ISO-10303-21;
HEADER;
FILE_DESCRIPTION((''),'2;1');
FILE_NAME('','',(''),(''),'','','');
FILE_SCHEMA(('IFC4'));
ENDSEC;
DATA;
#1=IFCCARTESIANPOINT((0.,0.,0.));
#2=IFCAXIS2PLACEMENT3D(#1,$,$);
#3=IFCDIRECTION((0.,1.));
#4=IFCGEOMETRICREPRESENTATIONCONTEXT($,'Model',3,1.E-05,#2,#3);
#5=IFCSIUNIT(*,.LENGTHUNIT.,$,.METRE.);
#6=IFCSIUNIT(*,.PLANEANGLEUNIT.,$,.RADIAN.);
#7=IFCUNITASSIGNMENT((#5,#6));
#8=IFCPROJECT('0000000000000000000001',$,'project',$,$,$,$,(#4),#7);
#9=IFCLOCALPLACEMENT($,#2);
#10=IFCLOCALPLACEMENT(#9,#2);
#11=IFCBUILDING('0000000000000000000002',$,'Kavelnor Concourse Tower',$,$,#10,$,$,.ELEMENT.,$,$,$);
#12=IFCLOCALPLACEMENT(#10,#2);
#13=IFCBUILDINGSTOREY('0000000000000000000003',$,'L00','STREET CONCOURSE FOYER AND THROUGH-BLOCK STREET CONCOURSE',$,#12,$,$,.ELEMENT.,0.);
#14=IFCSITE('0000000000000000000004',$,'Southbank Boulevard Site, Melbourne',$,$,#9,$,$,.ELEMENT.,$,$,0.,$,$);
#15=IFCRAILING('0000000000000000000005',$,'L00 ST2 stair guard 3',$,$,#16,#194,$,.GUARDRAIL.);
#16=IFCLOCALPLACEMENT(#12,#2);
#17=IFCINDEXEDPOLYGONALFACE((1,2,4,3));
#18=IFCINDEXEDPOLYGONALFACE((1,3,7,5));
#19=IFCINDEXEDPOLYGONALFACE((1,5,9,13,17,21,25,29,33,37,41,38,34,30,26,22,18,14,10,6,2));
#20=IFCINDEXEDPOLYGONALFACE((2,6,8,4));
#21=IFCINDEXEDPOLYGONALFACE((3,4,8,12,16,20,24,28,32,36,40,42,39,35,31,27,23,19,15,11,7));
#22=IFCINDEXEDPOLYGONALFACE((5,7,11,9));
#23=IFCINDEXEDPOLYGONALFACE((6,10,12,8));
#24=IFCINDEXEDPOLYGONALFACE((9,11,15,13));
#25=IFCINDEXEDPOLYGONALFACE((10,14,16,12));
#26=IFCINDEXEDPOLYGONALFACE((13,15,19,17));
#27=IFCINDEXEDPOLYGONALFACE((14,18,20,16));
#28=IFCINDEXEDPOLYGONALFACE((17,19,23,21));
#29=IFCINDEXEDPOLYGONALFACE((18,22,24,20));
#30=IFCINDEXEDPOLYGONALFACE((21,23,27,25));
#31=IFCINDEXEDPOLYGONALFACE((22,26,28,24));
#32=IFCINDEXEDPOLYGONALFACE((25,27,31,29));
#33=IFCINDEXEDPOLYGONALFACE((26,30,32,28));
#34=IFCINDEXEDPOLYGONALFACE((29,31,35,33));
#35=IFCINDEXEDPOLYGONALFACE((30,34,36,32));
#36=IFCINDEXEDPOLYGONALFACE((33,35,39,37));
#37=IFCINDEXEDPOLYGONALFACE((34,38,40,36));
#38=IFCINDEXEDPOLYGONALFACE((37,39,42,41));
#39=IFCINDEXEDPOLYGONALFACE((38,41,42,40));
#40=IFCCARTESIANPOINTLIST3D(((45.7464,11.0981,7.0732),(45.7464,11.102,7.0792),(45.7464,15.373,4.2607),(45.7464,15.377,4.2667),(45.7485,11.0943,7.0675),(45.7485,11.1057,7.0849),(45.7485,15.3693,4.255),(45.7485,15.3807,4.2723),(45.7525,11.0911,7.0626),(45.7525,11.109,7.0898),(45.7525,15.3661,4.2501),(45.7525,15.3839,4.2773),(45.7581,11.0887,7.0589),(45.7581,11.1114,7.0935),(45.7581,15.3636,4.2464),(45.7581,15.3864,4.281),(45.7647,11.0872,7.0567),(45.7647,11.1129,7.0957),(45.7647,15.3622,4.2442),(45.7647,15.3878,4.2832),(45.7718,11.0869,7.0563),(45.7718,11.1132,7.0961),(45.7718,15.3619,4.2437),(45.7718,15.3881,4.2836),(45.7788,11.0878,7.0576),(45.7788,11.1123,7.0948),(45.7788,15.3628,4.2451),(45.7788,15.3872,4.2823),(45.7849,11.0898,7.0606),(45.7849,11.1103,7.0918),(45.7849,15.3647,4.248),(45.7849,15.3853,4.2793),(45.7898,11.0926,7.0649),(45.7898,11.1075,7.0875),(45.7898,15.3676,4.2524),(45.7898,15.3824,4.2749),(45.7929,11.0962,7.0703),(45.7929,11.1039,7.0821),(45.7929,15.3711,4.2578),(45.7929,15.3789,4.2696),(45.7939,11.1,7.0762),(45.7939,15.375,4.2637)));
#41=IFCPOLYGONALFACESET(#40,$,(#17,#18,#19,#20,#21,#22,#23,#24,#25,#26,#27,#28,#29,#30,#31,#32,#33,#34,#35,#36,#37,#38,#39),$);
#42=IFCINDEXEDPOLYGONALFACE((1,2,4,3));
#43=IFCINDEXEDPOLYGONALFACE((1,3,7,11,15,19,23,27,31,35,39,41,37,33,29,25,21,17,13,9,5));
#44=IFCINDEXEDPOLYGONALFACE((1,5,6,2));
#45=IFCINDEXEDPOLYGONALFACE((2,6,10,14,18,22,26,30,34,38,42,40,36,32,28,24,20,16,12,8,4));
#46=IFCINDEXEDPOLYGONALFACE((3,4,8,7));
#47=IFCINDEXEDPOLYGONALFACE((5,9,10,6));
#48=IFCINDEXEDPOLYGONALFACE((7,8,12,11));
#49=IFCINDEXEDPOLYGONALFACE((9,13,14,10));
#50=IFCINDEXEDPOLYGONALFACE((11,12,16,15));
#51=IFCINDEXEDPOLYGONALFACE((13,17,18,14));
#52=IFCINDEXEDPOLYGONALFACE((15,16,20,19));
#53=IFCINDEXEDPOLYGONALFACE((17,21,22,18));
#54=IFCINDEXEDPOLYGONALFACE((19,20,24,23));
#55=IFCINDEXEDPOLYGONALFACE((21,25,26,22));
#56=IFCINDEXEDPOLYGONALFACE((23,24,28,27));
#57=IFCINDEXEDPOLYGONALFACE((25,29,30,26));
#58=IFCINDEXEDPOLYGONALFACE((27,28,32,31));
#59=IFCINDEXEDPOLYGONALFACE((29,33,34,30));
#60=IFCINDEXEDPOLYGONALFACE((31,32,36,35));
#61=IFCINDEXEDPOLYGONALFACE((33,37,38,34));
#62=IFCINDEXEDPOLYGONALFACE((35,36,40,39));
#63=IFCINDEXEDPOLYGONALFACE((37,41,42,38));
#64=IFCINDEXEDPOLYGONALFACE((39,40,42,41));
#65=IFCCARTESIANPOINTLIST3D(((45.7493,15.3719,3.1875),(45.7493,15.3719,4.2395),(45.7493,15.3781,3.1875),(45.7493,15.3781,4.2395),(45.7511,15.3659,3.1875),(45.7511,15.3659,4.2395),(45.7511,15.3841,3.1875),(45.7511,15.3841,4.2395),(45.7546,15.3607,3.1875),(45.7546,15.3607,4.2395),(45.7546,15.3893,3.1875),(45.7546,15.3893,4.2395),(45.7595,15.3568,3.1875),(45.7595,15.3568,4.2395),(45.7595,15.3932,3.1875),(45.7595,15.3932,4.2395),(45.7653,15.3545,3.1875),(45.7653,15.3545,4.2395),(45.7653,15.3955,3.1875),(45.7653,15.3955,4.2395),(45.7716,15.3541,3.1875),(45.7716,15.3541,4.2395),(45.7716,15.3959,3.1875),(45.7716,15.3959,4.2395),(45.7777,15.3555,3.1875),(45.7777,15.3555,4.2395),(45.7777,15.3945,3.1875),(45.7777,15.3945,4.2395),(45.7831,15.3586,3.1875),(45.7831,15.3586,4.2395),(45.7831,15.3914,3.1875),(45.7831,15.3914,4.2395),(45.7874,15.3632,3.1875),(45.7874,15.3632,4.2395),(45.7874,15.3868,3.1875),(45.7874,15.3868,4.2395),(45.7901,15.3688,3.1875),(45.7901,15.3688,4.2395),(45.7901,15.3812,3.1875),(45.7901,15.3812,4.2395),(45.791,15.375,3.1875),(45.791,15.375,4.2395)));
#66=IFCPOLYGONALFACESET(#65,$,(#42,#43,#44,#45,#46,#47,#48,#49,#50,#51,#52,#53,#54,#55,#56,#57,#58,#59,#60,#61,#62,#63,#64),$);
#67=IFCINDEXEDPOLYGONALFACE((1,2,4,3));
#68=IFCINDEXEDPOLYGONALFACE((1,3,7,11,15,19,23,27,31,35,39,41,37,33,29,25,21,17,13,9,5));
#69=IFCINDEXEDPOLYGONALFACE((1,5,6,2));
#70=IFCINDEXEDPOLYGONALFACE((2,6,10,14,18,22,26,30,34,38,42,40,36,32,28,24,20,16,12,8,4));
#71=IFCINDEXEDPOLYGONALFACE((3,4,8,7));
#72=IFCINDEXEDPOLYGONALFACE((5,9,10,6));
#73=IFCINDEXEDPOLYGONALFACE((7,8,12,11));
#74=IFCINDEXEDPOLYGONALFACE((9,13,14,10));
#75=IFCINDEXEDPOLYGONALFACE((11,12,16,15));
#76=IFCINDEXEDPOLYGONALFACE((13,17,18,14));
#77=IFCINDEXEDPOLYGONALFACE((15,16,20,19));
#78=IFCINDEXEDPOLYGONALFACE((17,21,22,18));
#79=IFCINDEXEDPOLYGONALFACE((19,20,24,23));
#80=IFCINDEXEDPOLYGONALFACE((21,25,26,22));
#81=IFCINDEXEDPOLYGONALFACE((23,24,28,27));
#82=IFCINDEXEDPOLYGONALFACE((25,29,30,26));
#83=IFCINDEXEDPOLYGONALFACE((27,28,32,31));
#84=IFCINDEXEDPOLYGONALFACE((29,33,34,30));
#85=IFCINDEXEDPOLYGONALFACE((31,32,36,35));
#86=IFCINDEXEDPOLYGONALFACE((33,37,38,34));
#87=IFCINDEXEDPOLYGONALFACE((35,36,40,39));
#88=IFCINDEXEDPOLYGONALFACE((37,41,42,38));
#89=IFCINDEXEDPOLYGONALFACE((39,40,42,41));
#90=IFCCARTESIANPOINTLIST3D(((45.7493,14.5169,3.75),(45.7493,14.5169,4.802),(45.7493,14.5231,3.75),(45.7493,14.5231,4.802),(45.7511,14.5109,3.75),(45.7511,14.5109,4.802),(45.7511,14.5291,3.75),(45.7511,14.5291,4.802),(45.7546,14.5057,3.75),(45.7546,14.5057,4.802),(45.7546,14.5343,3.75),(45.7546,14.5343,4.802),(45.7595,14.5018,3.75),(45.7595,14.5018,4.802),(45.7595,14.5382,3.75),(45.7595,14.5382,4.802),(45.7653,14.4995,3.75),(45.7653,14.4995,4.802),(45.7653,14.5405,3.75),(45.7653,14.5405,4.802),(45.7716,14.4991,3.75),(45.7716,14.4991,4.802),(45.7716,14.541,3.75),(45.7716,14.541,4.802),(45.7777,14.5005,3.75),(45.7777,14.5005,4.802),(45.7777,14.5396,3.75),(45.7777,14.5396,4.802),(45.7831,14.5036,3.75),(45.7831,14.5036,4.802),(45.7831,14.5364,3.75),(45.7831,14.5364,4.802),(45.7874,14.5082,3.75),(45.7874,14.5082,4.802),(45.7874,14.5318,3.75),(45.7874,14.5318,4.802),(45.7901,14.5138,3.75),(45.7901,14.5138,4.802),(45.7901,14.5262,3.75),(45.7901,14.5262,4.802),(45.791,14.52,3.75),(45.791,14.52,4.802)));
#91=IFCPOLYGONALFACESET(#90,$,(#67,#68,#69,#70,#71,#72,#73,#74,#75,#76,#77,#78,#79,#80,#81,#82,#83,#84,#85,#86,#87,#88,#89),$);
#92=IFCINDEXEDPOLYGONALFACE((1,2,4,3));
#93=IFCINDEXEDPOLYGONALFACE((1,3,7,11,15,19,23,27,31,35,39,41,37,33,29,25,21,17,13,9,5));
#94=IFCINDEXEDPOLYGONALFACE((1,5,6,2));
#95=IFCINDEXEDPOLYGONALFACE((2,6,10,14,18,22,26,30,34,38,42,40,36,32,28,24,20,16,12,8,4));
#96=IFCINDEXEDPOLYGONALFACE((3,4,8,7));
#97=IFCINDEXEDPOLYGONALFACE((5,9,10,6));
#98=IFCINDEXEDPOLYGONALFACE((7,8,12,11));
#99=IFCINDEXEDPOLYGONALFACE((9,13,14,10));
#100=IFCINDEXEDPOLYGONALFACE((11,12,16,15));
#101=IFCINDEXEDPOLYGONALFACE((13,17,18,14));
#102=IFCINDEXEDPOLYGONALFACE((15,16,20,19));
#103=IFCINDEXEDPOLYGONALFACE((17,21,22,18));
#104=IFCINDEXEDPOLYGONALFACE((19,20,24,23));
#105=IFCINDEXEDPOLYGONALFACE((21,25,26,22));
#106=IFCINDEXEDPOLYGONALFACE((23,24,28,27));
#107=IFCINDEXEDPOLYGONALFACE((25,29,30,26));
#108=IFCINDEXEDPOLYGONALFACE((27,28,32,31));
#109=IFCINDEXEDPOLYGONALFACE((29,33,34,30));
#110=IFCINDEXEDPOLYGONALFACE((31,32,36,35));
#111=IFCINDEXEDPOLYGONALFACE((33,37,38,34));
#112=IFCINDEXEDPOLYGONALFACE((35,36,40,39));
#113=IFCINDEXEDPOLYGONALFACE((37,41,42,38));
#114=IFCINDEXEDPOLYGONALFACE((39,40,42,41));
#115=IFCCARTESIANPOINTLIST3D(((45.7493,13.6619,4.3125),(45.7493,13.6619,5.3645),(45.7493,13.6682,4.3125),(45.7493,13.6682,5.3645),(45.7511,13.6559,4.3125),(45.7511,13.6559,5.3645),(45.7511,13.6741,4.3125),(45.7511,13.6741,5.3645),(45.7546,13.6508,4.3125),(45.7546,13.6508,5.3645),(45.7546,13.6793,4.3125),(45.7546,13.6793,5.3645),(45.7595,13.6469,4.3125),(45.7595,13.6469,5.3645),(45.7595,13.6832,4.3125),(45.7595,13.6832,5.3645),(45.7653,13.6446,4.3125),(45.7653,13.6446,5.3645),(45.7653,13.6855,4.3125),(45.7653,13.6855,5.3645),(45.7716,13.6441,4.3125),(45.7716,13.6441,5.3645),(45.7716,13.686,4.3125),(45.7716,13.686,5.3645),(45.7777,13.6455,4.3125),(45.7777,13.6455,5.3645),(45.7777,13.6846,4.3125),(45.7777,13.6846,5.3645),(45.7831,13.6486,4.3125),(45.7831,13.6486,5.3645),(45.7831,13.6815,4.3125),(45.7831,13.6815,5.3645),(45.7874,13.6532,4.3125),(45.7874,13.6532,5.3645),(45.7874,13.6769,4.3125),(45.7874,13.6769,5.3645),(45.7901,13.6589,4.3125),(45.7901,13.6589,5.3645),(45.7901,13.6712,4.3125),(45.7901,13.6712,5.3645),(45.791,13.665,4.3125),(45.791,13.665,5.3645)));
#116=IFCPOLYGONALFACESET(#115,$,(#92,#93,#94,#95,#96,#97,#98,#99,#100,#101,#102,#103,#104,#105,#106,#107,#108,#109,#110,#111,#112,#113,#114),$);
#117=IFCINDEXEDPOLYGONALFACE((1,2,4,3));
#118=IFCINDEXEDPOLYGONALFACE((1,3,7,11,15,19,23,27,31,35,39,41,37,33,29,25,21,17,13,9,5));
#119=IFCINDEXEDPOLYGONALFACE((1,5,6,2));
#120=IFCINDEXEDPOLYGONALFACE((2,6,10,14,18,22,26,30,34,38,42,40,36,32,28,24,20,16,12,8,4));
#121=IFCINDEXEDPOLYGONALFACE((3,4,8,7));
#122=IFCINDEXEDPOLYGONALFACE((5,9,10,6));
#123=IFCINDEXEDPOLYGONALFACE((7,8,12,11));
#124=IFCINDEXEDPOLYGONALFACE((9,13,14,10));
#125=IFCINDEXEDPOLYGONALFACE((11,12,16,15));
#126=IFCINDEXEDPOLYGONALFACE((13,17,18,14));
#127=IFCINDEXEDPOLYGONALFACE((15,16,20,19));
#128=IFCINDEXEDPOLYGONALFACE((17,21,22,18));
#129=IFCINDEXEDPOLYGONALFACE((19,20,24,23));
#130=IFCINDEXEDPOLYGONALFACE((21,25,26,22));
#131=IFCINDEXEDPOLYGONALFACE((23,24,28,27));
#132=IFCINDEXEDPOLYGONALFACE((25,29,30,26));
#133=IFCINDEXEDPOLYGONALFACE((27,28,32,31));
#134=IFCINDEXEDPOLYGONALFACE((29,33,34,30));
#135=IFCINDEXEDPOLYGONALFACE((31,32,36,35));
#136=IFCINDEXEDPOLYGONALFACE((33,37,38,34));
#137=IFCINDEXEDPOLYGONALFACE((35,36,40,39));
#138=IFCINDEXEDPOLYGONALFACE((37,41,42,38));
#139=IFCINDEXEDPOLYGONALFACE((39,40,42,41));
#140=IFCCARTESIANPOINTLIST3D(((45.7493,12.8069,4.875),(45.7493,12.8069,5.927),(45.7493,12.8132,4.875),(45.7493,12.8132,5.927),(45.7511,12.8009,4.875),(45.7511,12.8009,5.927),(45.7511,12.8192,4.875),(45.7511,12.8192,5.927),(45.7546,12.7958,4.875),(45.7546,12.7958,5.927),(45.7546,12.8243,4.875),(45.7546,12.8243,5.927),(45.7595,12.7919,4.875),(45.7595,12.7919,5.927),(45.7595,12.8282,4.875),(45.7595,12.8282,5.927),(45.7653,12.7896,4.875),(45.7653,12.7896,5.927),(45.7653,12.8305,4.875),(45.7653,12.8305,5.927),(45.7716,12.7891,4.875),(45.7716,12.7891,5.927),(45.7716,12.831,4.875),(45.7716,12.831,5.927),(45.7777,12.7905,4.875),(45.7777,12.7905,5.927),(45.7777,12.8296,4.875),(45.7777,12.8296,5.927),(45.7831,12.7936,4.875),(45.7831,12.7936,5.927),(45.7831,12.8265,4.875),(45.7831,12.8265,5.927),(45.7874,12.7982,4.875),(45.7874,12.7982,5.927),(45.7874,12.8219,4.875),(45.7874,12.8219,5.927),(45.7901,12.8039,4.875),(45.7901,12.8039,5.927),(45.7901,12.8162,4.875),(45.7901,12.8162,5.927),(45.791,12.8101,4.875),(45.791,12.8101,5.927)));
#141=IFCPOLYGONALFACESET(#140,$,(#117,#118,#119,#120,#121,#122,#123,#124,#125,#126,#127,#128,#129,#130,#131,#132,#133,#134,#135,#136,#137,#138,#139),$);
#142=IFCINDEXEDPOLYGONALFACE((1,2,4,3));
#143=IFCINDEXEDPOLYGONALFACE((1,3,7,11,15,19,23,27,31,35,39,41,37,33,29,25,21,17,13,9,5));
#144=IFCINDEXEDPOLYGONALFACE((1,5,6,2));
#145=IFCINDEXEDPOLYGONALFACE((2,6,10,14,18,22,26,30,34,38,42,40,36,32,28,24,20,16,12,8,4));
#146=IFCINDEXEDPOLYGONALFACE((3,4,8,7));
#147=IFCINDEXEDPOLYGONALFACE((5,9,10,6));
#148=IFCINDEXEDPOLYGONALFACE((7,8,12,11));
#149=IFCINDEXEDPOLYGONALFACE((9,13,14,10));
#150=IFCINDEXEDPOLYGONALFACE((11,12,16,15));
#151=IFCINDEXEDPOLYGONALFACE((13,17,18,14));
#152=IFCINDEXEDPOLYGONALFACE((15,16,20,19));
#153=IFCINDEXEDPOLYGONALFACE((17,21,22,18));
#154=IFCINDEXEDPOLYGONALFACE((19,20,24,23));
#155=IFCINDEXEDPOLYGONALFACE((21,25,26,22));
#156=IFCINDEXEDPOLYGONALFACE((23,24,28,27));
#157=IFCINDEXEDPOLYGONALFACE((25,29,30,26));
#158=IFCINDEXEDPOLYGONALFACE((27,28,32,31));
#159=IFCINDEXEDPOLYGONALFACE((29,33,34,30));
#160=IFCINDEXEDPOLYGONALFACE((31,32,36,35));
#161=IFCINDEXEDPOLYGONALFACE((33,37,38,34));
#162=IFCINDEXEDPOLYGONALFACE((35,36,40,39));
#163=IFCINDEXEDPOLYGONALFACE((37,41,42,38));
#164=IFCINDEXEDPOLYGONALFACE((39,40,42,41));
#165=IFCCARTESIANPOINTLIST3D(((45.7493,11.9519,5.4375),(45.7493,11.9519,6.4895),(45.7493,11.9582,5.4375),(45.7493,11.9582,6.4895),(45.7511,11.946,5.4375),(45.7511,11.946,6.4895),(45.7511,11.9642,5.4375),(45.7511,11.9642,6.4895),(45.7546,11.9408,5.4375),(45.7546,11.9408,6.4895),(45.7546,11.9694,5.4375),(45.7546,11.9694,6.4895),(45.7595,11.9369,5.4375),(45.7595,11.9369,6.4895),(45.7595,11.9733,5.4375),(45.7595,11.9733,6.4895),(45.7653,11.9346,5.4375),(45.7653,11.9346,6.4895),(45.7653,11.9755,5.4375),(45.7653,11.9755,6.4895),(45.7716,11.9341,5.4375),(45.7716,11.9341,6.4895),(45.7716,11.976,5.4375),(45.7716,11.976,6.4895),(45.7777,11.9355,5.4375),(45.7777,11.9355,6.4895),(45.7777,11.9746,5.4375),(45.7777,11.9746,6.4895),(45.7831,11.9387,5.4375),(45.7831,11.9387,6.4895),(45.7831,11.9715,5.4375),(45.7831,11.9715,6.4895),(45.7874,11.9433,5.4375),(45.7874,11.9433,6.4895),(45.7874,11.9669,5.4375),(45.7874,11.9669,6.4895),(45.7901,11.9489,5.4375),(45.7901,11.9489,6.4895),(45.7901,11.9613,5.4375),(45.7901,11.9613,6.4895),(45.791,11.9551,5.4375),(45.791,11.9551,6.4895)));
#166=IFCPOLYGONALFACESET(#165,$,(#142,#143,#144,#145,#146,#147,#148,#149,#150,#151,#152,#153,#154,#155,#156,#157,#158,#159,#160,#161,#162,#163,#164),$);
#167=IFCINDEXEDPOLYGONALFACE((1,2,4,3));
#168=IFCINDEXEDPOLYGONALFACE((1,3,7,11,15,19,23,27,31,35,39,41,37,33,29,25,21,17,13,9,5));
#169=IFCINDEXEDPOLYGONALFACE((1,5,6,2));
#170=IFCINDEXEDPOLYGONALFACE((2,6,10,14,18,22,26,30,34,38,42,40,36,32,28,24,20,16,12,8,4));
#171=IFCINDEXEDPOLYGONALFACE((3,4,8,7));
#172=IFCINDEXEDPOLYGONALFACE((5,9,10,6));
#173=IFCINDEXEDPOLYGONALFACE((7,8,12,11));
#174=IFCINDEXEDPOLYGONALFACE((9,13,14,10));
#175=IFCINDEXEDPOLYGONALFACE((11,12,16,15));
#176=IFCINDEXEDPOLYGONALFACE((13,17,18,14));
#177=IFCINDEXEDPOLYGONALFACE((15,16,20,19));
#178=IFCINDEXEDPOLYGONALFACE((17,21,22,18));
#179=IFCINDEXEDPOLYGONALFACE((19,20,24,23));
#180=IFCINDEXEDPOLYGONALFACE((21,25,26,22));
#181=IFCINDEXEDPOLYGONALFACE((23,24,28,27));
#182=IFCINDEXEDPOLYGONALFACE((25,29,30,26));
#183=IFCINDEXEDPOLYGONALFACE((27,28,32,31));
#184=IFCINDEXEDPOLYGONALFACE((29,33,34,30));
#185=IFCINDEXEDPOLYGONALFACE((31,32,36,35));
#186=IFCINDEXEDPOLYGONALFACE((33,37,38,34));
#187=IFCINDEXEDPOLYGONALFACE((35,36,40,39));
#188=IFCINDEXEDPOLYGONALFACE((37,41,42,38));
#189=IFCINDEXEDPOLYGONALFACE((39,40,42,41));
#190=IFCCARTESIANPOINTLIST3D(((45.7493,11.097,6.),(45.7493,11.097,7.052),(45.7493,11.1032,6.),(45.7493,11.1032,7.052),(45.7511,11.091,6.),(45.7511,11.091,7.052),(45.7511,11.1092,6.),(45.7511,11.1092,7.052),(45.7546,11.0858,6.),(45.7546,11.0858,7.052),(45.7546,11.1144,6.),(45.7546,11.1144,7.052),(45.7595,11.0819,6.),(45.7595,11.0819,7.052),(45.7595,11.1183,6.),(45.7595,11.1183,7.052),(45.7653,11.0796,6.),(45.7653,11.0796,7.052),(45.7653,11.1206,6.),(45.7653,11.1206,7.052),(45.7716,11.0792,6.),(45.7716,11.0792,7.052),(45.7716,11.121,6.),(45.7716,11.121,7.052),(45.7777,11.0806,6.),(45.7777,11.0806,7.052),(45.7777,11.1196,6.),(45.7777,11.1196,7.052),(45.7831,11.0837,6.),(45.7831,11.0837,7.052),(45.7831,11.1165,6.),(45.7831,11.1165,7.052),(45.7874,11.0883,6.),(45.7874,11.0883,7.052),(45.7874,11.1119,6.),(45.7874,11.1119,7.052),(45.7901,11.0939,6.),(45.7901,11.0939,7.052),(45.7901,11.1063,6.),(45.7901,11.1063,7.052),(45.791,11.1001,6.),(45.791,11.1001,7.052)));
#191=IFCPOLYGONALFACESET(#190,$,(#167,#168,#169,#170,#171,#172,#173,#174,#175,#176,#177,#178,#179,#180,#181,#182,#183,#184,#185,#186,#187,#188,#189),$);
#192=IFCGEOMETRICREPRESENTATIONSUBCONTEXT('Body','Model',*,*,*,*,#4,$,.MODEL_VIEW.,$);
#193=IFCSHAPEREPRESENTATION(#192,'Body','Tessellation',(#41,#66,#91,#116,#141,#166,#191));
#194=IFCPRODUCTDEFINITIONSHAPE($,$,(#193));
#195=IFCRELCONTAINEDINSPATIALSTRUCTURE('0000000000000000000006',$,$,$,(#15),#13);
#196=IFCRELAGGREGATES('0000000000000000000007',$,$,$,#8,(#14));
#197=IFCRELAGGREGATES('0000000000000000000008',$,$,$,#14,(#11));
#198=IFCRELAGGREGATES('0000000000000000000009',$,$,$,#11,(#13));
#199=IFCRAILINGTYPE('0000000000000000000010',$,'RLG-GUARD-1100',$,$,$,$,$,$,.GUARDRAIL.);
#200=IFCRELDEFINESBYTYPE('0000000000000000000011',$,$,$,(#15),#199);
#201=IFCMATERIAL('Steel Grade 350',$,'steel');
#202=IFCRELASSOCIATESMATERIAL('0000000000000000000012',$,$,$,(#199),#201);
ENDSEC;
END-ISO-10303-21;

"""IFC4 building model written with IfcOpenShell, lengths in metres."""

from ifc_helpers import new_model, si_unit, direction, frame, origin, origin_2d, place, context, subcontext, project, spatial, circle, extrude, material, type_object, element, save


model = new_model("IFC4")

# Units and contexts
model_context = context("Model", 3, precision=1e-05, world=origin(), true_north=direction((0.0, 1.0)))
body_context = subcontext(model_context, "Body", "Model", "MODEL_VIEW")
ifc_project = project(units=[si_unit("LENGTHUNIT", "METRE"), si_unit("PLANEANGLEUNIT", "RADIAN")], contexts=[model_context])

# Site, building, storey
site_placement = place(None, origin())
site = spatial("IfcSite", under=ifc_project, at=site_placement, Name="Southbank Boulevard Site, Melbourne", CompositionType="ELEMENT", RefElevation=0.0)
building_placement = place(site_placement, origin())
building = spatial("IfcBuilding", under=site, at=building_placement, Name="Kavelnor Concourse Tower", CompositionType="ELEMENT")
storey_placement = place(building_placement, origin())
storey = spatial("IfcBuildingStorey", under=building, at=storey_placement, Name="L00", Description="STREET CONCOURSE FOYER AND THROUGH-BLOCK STREET CONCOURSE", CompositionType="ELEMENT", Elevation=0.0)

# Shared definitions
ifc_material_1 = material(Name="Steel Grade 350", Category="steel")

# Railing
railing_type_1 = type_object("IfcRailingType", Name="RLG-GUARD-1100", PredefinedType="GUARDRAIL", material=ifc_material_1)
railing_1_placement = place(storey_placement, frame((45.77, 15.375, 3.1875)))
element("IfcRailing", 1, at=railing_1_placement, inside=storey, type_object=railing_type_1, Name="L00 ST2 stair guard 3", PredefinedType="GUARDRAIL", context=body_context, shape_type="SweptSolid", body=[
    extrude(circle(Radius=0.0239, at=origin_2d()), frame((0.0, 0.0, 1.0762), z_axis=(0.0, -0.835411, 0.549625), x_axis=(1.0, 0.0, 0.0)), (0.0, 0.0, 1.0), 5.1172),
    extrude(circle(Radius=0.021, at=origin_2d()), origin(), (0.0, 0.0, 1.0), 1.052),
    extrude(circle(Radius=0.021, at=origin_2d()), frame((0.0, -0.855, 0.5625)), (0.0, 0.0, 1.0), 1.052),
    extrude(circle(Radius=0.021, at=origin_2d()), frame((0.0, -1.71, 1.125)), (0.0, 0.0, 1.0), 1.052),
    extrude(circle(Radius=0.021, at=origin_2d()), frame((0.0, -2.5649, 1.6875)), (0.0, 0.0, 1.0), 1.052),
    extrude(circle(Radius=0.021, at=origin_2d()), frame((0.0, -3.4199, 2.25)), (0.0, 0.0, 1.0), 1.052),
    extrude(circle(Radius=0.021, at=origin_2d()), frame((0.0, -4.2749, 2.8125)), (0.0, 0.0, 1.0), 1.052),
])

save(model, "model.ifc")
